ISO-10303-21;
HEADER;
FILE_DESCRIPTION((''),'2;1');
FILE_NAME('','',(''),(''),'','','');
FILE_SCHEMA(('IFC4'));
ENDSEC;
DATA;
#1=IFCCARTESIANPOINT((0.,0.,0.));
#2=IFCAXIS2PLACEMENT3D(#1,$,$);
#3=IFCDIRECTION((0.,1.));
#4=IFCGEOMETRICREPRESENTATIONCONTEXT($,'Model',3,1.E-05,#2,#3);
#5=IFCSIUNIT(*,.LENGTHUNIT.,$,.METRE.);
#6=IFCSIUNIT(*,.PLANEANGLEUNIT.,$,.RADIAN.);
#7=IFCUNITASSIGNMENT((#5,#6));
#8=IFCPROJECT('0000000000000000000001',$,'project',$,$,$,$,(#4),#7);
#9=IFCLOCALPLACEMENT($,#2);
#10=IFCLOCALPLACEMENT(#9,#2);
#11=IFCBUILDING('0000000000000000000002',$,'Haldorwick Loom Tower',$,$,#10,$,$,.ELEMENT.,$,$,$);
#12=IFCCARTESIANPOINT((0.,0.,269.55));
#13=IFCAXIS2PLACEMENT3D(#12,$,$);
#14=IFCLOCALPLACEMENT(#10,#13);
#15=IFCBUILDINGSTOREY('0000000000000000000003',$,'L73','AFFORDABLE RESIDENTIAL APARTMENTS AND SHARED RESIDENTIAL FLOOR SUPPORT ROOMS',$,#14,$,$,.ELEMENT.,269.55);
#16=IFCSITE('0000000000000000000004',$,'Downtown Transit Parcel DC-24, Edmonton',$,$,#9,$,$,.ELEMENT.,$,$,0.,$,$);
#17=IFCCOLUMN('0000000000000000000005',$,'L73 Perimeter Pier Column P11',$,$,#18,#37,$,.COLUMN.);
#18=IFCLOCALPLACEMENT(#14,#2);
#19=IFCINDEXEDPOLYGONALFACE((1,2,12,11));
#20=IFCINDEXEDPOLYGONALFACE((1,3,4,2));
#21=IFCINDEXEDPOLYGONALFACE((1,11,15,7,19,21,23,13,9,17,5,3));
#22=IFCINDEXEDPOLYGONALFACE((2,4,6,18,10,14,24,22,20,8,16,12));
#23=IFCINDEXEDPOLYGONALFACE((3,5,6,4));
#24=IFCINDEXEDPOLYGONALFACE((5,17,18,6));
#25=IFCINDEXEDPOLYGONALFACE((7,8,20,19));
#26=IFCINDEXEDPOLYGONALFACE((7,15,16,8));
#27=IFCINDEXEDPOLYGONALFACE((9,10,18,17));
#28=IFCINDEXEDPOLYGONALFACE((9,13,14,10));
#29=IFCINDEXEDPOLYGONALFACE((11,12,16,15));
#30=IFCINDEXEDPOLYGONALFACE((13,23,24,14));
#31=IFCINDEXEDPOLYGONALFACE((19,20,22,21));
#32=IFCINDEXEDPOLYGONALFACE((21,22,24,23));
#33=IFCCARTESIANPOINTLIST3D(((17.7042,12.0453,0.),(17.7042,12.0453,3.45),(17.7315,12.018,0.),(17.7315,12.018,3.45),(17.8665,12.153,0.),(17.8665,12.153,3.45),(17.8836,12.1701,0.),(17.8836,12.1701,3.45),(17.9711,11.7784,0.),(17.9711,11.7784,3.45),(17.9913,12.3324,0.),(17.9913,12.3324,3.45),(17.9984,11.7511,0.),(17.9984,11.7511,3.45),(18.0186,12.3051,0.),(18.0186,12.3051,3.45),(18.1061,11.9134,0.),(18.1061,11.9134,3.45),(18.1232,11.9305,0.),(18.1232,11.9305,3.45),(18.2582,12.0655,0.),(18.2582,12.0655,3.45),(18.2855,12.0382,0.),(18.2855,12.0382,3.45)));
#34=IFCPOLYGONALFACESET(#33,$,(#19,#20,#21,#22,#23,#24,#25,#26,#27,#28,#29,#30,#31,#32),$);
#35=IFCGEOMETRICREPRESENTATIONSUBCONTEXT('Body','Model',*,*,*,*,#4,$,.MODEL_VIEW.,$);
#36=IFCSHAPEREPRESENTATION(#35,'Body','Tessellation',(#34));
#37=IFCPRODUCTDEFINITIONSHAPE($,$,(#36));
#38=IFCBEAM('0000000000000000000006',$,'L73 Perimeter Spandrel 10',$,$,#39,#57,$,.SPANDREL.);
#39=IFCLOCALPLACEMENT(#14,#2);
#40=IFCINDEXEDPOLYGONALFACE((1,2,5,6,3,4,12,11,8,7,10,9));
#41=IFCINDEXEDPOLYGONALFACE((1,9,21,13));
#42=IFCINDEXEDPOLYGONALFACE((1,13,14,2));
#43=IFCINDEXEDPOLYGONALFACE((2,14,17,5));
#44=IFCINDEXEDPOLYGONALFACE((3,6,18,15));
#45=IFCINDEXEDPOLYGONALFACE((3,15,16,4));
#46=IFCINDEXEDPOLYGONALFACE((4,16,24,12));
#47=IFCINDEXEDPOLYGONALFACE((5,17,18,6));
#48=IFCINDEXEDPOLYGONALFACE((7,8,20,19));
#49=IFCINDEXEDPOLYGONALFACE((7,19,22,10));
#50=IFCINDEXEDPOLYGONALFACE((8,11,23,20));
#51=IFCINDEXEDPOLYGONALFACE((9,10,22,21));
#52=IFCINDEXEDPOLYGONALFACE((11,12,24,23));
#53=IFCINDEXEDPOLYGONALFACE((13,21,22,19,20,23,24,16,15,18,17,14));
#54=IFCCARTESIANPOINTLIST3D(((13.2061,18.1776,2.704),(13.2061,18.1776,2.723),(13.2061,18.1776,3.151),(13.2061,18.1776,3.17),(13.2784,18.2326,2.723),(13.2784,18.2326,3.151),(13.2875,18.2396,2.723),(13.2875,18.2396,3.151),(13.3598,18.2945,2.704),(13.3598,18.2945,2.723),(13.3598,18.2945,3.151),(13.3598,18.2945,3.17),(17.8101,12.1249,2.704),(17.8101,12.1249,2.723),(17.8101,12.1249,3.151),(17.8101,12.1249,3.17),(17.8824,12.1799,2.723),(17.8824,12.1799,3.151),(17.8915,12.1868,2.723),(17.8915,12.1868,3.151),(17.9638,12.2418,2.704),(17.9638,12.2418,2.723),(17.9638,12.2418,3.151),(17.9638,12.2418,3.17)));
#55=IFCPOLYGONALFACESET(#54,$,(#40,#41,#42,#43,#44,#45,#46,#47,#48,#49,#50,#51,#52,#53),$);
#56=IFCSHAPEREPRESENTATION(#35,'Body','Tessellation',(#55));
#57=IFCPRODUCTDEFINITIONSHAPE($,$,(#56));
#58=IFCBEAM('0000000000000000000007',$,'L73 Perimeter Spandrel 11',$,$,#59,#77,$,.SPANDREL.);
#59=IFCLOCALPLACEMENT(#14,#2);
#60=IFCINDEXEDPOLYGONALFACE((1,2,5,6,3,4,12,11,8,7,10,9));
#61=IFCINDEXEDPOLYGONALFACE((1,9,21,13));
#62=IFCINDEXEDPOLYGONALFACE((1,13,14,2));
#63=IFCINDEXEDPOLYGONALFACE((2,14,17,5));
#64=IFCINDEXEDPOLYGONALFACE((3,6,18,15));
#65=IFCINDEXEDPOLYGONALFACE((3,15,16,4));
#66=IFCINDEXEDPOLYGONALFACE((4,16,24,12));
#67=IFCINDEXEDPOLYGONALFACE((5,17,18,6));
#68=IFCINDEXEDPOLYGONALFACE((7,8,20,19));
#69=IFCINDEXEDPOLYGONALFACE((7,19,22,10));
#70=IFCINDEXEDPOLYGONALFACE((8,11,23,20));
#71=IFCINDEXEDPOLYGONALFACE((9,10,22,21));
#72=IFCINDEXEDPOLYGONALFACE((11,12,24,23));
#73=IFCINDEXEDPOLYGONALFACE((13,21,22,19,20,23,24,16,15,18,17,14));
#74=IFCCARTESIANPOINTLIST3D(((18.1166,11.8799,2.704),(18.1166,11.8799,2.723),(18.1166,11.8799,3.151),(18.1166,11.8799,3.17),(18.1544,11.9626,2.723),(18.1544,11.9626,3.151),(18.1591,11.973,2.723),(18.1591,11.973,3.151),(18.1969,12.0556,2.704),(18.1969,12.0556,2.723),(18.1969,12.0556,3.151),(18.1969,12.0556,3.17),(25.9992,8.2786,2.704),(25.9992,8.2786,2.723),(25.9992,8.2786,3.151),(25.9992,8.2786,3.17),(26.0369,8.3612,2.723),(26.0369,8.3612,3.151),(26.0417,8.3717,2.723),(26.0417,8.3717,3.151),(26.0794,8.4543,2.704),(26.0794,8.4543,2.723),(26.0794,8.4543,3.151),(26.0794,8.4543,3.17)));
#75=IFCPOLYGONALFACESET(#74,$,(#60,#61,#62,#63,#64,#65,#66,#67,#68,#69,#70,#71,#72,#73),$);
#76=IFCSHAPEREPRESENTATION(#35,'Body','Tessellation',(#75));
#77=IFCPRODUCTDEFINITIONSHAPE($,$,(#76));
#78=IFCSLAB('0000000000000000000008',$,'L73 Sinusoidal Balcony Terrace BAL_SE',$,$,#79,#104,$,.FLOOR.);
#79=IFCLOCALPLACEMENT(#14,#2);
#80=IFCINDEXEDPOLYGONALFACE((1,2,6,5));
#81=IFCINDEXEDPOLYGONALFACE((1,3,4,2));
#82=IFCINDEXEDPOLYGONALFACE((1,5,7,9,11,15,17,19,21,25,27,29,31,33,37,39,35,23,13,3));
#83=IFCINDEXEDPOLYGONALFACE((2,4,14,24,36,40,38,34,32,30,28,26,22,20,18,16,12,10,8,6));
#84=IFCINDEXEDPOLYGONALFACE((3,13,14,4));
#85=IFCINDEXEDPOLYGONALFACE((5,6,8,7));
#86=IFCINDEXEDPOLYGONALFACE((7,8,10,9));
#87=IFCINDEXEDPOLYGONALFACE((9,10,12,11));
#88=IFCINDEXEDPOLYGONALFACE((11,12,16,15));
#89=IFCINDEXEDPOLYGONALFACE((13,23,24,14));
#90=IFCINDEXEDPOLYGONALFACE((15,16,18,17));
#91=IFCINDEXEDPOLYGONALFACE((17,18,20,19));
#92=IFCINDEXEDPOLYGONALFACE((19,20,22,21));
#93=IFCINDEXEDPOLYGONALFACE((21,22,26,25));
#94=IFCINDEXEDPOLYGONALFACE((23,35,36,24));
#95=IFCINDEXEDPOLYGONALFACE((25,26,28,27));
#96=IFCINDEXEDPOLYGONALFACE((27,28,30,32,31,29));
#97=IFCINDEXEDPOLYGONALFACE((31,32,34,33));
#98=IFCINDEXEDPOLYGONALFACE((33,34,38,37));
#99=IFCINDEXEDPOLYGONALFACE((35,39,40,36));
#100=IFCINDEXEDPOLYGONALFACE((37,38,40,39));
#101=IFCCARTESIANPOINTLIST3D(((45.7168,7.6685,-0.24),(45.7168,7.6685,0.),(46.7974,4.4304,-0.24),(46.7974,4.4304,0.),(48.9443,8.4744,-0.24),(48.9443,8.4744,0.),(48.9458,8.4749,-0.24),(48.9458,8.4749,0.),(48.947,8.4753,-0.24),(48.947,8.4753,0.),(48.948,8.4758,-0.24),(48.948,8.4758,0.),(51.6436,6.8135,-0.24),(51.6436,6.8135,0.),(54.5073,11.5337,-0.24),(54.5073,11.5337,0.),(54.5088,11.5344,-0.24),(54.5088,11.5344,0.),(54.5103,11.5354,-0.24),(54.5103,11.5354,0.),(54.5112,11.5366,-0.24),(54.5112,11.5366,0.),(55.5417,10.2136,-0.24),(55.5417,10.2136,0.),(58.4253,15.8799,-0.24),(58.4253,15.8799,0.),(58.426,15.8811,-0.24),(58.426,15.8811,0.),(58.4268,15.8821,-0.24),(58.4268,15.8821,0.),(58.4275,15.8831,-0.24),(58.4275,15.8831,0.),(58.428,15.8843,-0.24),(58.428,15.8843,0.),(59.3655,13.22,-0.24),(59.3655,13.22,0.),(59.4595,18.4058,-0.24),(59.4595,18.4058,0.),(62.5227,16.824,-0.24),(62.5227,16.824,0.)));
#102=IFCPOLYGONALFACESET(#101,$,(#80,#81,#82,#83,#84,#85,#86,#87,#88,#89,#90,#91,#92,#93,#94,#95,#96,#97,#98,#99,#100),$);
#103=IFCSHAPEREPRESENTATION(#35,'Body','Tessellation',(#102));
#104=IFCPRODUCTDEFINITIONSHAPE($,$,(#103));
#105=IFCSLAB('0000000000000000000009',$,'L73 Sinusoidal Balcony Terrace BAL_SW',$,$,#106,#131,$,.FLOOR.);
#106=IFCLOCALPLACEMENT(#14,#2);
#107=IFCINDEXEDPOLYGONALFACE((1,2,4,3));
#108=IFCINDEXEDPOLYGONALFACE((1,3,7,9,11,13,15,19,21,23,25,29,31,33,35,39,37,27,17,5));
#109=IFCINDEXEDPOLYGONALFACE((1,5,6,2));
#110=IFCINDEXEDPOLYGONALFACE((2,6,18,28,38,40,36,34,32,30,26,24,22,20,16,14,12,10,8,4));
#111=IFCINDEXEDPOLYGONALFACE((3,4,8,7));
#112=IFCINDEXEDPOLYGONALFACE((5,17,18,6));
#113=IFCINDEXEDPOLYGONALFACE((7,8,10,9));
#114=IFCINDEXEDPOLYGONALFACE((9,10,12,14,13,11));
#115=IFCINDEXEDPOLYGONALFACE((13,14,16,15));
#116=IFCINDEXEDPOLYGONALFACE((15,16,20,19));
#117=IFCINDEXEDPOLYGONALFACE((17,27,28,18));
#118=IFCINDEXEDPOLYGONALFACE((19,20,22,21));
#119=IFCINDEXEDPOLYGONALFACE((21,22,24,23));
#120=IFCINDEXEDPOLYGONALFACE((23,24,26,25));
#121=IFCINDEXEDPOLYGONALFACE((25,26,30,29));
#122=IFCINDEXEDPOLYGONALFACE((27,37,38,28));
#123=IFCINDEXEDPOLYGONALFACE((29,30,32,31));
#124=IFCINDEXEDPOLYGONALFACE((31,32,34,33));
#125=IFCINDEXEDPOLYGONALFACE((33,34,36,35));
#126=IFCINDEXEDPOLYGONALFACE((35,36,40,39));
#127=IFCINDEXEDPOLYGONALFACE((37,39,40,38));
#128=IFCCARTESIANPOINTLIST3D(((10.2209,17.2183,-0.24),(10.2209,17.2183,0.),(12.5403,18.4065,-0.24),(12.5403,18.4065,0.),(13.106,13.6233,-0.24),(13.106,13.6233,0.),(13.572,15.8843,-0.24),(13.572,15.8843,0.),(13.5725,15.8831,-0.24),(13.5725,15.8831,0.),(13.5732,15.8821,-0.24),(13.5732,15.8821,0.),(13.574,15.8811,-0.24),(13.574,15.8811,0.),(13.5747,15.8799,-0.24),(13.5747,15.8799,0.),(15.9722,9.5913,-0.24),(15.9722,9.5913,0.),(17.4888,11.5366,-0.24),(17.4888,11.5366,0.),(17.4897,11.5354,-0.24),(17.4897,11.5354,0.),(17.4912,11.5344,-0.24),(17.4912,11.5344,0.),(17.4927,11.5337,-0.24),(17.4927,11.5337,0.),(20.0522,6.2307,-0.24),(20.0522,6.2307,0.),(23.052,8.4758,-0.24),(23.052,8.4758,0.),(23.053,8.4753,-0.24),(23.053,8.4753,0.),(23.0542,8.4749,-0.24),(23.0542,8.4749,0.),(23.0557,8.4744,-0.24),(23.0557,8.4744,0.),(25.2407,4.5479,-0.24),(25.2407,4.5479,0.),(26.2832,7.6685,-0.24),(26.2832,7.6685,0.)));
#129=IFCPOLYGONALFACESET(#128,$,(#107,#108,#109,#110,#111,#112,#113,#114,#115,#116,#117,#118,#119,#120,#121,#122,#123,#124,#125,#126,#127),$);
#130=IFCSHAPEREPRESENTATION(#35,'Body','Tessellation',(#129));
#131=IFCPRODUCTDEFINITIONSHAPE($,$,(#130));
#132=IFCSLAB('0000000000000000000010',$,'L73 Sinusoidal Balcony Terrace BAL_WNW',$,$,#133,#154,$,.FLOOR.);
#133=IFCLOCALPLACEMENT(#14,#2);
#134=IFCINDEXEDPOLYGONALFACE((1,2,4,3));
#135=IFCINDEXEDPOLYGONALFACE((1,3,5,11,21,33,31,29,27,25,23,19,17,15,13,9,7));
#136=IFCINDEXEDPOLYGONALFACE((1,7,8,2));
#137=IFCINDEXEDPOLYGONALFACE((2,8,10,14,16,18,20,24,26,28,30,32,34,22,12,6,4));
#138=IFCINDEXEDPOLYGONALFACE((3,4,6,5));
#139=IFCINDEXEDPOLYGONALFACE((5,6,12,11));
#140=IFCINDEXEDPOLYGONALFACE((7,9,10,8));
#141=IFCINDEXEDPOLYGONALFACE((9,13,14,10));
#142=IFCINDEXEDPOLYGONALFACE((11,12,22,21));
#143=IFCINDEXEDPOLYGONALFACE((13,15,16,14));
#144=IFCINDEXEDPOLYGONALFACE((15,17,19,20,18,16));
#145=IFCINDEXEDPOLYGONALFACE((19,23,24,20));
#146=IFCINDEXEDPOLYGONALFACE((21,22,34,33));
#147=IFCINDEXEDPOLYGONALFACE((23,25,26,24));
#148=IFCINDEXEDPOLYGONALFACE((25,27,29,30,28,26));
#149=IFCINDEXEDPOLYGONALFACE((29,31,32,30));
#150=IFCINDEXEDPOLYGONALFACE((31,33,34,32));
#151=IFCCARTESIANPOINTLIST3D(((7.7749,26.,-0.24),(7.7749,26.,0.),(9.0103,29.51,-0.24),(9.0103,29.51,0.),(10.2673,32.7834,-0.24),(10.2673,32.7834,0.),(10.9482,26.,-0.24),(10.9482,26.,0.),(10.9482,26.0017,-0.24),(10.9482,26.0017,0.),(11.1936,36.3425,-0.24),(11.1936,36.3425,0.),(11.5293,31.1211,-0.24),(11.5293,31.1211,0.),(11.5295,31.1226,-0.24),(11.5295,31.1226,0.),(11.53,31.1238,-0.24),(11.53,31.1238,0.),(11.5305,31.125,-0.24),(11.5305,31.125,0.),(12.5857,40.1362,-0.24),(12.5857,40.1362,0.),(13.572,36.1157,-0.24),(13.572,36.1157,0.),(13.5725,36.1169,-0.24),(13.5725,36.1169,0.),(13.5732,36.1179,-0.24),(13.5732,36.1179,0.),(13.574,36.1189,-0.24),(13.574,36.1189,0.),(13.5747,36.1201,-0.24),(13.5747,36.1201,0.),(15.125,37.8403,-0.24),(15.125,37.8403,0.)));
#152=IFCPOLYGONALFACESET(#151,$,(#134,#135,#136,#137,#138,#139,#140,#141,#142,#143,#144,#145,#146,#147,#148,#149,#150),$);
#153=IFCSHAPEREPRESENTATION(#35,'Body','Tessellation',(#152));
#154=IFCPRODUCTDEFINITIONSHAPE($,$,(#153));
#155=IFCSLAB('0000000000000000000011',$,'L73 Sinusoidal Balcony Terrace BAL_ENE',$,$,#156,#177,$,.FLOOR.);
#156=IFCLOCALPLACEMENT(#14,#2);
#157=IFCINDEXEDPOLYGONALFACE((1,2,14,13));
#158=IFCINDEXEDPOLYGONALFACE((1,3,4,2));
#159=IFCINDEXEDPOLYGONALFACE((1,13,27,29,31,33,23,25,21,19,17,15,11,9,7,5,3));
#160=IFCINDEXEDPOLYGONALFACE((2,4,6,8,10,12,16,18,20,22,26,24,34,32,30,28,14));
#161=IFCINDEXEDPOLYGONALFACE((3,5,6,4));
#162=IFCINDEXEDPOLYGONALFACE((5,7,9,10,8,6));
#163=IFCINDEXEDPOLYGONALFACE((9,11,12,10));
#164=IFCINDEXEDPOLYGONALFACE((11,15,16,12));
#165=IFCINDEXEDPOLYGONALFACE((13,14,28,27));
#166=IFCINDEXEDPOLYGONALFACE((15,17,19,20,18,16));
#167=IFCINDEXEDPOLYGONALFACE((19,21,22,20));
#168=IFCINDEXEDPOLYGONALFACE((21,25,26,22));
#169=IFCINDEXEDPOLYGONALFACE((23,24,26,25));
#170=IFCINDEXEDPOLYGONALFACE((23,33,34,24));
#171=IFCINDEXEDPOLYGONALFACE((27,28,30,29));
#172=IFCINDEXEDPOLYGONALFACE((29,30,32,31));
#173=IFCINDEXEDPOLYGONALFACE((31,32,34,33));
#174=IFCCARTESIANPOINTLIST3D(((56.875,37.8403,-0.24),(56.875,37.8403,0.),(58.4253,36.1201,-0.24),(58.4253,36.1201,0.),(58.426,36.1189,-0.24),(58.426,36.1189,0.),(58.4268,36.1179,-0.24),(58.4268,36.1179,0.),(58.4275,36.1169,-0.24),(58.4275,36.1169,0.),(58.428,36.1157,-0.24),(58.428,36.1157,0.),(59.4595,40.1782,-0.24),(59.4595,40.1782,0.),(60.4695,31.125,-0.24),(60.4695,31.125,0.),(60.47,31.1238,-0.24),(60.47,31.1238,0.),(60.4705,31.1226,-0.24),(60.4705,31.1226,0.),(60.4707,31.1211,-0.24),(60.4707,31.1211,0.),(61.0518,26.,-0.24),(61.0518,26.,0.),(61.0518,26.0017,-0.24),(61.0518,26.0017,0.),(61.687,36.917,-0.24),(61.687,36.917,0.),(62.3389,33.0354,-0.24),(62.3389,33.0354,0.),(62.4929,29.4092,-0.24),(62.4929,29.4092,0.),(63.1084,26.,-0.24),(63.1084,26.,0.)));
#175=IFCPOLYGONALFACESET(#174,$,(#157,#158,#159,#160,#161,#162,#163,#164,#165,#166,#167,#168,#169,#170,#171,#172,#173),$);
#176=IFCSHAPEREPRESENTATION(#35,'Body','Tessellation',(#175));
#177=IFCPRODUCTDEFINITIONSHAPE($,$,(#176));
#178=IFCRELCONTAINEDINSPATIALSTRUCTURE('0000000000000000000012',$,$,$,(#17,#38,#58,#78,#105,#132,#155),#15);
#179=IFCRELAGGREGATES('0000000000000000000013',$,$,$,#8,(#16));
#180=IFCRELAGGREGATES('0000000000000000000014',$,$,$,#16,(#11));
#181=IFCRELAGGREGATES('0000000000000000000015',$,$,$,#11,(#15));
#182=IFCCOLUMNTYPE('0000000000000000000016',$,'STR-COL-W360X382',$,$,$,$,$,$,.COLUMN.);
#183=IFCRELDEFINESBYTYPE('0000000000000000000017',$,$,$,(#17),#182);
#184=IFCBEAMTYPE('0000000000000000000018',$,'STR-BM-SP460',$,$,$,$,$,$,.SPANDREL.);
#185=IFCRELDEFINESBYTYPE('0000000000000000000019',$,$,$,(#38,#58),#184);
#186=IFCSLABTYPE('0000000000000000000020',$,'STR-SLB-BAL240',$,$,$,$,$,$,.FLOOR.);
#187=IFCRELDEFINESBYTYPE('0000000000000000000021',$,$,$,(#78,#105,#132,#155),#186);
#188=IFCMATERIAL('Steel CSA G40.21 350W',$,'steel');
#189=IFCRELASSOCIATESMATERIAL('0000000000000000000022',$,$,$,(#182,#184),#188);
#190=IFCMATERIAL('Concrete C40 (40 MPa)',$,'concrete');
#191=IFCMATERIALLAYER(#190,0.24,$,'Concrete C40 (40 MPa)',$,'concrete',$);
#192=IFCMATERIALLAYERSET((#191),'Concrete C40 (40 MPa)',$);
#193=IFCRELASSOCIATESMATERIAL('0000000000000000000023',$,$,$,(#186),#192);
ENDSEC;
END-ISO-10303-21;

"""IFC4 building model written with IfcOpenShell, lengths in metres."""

from ifc_helpers import new_model, si_unit, direction, frame, origin, origin_2d, place, context, subcontext, project, spatial, polyline, i_section, outline, extrude, material, layer, layer_set, material_profile, profile_set, type_object, element, save


model = new_model("IFC4")

# Units and contexts
model_context = context("Model", 3, precision=1e-05, world=origin(), true_north=direction((0.0, 1.0)))
body_context = subcontext(model_context, "Body", "Model", "MODEL_VIEW")
ifc_project = project(units=[si_unit("LENGTHUNIT", "METRE"), si_unit("PLANEANGLEUNIT", "RADIAN")], contexts=[model_context])

# Site, building, storey
site_placement = place(None, origin())
site = spatial("IfcSite", under=ifc_project, at=site_placement, Name="Downtown Transit Parcel DC-24, Edmonton", CompositionType="ELEMENT", RefElevation=0.0)
building_placement = place(site_placement, origin())
building = spatial("IfcBuilding", under=site, at=building_placement, Name="Haldorwick Loom Tower", CompositionType="ELEMENT")
storey_placement = place(building_placement, frame((0.0, 0.0, 269.55)))
storey = spatial("IfcBuildingStorey", under=building, at=storey_placement, Name="L73", Description="AFFORDABLE RESIDENTIAL APARTMENTS AND SHARED RESIDENTIAL FLOOR SUPPORT ROOMS", CompositionType="ELEMENT", Elevation=269.55)

# Column
ifc_material_1 = material(Name="Steel CSA G40.21 350W", Category="steel")
ifc_material_profile_1 = material_profile(ifc_material_1, i_section(OverallWidth=0.406, OverallDepth=0.416, WebThickness=0.0242, FlangeThickness=0.0386, at=origin_2d()), Name="W360X382", Category="steel")
ifc_profile_set_1 = profile_set([ifc_material_profile_1], Name="Steel CSA G40.21 350W")
column_type = type_object("IfcColumnType", Name="STR-COL-W360X382", PredefinedType="COLUMN", material=ifc_profile_set_1)
column_placement = place(storey_placement, frame((17.9949, 12.0417, 0.0), z_axis=(0.0, 0.0, 1.0), x_axis=(-0.707107, -0.707107, 0.0)))
element("IfcColumn", 1, at=column_placement, inside=storey, type_object=column_type, Name="L73 Perimeter Pier Column P11", PredefinedType="COLUMN", context=body_context, shape_type="SweptSolid", body=[
    extrude(i_section(OverallWidth=0.406, OverallDepth=0.416, WebThickness=0.0242, FlangeThickness=0.0386, at=origin_2d()), origin(), (0.0, 0.0, 1.0), 3.45),
])

# Beams
ifc_material_profile_2 = material_profile(ifc_material_1, i_section(OverallWidth=0.1931, OverallDepth=0.4661, WebThickness=0.0115, FlangeThickness=0.019, at=origin_2d()), Name="W460X97", Category="steel")
ifc_profile_set_2 = profile_set([ifc_material_profile_2], Name="Steel CSA G40.21 350W")
beam_type = type_object("IfcBeamType", Name="STR-BM-SP460", PredefinedType="SPANDREL", material=ifc_profile_set_2)
beam_1_placement = place(storey_placement, frame((13.283, 18.2361, 2.937), z_axis=(0.60541, -0.795913, 0.0), x_axis=(0.795913, 0.60541, 0.0)))
element("IfcBeam", 2, at=beam_1_placement, inside=storey, type_object=beam_type, Name="L73 Perimeter Spandrel 10", PredefinedType="SPANDREL", context=body_context, shape_type="SweptSolid", body=[
    extrude(i_section(OverallWidth=0.1931, OverallDepth=0.4661, WebThickness=0.0115, FlangeThickness=0.019, at=origin_2d()), origin(), (0.0, 0.0, 1.0), 7.6047),
])
beam_2_placement = place(storey_placement, frame((18.1567, 11.9678, 2.937), z_axis=(0.909568, -0.415555, 0.0), x_axis=(0.415555, 0.909568, 0.0)))
element("IfcBeam", 3, at=beam_2_placement, inside=storey, type_object=beam_type, Name="L73 Perimeter Spandrel 11", PredefinedType="SPANDREL", context=body_context, shape_type="SweptSolid", body=[
    extrude(i_section(OverallWidth=0.1931, OverallDepth=0.4661, WebThickness=0.0115, FlangeThickness=0.019, at=origin_2d()), origin(), (0.0, 0.0, 1.0), 8.6663),
])

# Slabs
ifc_material_2 = material(Name="Concrete C40 (40 MPa)", Category="concrete")
ifc_layer_1 = layer(ifc_material_2, 0.24, Name="Concrete C40 (40 MPa)", Category="concrete")
ifc_layer_set_1 = layer_set([ifc_layer_1], Name="Concrete C40 (40 MPa)")
slab_type_1 = type_object("IfcSlabType", Name="STR-SLB-BAL240", PredefinedType="FLOOR", material=ifc_layer_set_1)
slab_1_placement = place(storey_placement, frame((0.0, 0.0, -0.24)))
element("IfcSlab", 4, at=slab_1_placement, inside=storey, type_object=slab_type_1, Name="L73 Sinusoidal Balcony Terrace BAL_SE", PredefinedType="FLOOR", context=body_context, shape_type="SweptSolid", body=[
    extrude(outline(polyline([(59.4595, 18.4058), (58.428, 15.8843), (58.4275, 15.8831), (58.4268, 15.8821), (58.426, 15.8811), (58.4253, 15.8799), (54.5112, 11.5366), (54.5103, 11.5354), (54.5088, 11.5344), (54.5073, 11.5337), (48.948, 8.4758), (48.947, 8.4753), (48.9458, 8.4749), (48.9443, 8.4744), (45.7168, 7.6685), (46.7974, 4.4304), (51.6436, 6.8135), (55.5417, 10.2136), (59.3655, 13.22), (62.5227, 16.824), (59.4595, 18.4058)])), origin(), (0.0, 0.0, 1.0), 0.24),
])
slab_2_placement = place(storey_placement, frame((0.0, 0.0, -0.24)))
element("IfcSlab", 5, at=slab_2_placement, inside=storey, type_object=slab_type_1, Name="L73 Sinusoidal Balcony Terrace BAL_SW", PredefinedType="FLOOR", context=body_context, shape_type="SweptSolid", body=[
    extrude(outline(polyline([(26.2832, 7.6685), (23.0557, 8.4744), (23.0542, 8.4749), (23.053, 8.4753), (23.052, 8.4758), (17.4927, 11.5337), (17.4912, 11.5344), (17.4897, 11.5354), (17.4888, 11.5366), (13.5747, 15.8799), (13.574, 15.8811), (13.5732, 15.8821), (13.5725, 15.8831), (13.572, 15.8843), (12.5403, 18.4065), (10.2209, 17.2183), (13.106, 13.6233), (15.9722, 9.5913), (20.0522, 6.2307), (25.2407, 4.5479), (26.2832, 7.6685)])), origin(), (0.0, 0.0, 1.0), 0.24),
])
slab_3_placement = place(storey_placement, frame((0.0, 0.0, -0.24)))
element("IfcSlab", 6, at=slab_3_placement, inside=storey, type_object=slab_type_1, Name="L73 Sinusoidal Balcony Terrace BAL_WNW", PredefinedType="FLOOR", context=body_context, shape_type="SweptSolid", body=[
    extrude(outline(polyline([(10.9482, 26.0), (10.9482, 26.0017), (11.5293, 31.1211), (11.5295, 31.1226), (11.53, 31.1238), (11.5305, 31.125), (13.572, 36.1157), (13.5725, 36.1169), (13.5732, 36.1179), (13.574, 36.1189), (13.5747, 36.1201), (15.125, 37.8403), (12.5857, 40.1362), (11.1936, 36.3425), (10.2673, 32.7834), (9.0103, 29.51), (7.7749, 26.0), (10.9482, 26.0)])), origin(), (0.0, 0.0, 1.0), 0.24),
])
slab_4_placement = place(storey_placement, frame((0.0, 0.0, -0.24)))
element("IfcSlab", 7, at=slab_4_placement, inside=storey, type_object=slab_type_1, Name="L73 Sinusoidal Balcony Terrace BAL_ENE", PredefinedType="FLOOR", context=body_context, shape_type="SweptSolid", body=[
    extrude(outline(polyline([(56.875, 37.8403), (58.4253, 36.1201), (58.426, 36.1189), (58.4268, 36.1179), (58.4275, 36.1169), (58.428, 36.1157), (60.4695, 31.125), (60.47, 31.1238), (60.4705, 31.1226), (60.4707, 31.1211), (61.0518, 26.0017), (61.0518, 26.0), (63.1084, 26.0), (62.4929, 29.4092), (62.3389, 33.0354), (61.687, 36.917), (59.4595, 40.1782), (56.875, 37.8403)])), origin(), (0.0, 0.0, 1.0), 0.24),
])

save(model, "model.ifc")
